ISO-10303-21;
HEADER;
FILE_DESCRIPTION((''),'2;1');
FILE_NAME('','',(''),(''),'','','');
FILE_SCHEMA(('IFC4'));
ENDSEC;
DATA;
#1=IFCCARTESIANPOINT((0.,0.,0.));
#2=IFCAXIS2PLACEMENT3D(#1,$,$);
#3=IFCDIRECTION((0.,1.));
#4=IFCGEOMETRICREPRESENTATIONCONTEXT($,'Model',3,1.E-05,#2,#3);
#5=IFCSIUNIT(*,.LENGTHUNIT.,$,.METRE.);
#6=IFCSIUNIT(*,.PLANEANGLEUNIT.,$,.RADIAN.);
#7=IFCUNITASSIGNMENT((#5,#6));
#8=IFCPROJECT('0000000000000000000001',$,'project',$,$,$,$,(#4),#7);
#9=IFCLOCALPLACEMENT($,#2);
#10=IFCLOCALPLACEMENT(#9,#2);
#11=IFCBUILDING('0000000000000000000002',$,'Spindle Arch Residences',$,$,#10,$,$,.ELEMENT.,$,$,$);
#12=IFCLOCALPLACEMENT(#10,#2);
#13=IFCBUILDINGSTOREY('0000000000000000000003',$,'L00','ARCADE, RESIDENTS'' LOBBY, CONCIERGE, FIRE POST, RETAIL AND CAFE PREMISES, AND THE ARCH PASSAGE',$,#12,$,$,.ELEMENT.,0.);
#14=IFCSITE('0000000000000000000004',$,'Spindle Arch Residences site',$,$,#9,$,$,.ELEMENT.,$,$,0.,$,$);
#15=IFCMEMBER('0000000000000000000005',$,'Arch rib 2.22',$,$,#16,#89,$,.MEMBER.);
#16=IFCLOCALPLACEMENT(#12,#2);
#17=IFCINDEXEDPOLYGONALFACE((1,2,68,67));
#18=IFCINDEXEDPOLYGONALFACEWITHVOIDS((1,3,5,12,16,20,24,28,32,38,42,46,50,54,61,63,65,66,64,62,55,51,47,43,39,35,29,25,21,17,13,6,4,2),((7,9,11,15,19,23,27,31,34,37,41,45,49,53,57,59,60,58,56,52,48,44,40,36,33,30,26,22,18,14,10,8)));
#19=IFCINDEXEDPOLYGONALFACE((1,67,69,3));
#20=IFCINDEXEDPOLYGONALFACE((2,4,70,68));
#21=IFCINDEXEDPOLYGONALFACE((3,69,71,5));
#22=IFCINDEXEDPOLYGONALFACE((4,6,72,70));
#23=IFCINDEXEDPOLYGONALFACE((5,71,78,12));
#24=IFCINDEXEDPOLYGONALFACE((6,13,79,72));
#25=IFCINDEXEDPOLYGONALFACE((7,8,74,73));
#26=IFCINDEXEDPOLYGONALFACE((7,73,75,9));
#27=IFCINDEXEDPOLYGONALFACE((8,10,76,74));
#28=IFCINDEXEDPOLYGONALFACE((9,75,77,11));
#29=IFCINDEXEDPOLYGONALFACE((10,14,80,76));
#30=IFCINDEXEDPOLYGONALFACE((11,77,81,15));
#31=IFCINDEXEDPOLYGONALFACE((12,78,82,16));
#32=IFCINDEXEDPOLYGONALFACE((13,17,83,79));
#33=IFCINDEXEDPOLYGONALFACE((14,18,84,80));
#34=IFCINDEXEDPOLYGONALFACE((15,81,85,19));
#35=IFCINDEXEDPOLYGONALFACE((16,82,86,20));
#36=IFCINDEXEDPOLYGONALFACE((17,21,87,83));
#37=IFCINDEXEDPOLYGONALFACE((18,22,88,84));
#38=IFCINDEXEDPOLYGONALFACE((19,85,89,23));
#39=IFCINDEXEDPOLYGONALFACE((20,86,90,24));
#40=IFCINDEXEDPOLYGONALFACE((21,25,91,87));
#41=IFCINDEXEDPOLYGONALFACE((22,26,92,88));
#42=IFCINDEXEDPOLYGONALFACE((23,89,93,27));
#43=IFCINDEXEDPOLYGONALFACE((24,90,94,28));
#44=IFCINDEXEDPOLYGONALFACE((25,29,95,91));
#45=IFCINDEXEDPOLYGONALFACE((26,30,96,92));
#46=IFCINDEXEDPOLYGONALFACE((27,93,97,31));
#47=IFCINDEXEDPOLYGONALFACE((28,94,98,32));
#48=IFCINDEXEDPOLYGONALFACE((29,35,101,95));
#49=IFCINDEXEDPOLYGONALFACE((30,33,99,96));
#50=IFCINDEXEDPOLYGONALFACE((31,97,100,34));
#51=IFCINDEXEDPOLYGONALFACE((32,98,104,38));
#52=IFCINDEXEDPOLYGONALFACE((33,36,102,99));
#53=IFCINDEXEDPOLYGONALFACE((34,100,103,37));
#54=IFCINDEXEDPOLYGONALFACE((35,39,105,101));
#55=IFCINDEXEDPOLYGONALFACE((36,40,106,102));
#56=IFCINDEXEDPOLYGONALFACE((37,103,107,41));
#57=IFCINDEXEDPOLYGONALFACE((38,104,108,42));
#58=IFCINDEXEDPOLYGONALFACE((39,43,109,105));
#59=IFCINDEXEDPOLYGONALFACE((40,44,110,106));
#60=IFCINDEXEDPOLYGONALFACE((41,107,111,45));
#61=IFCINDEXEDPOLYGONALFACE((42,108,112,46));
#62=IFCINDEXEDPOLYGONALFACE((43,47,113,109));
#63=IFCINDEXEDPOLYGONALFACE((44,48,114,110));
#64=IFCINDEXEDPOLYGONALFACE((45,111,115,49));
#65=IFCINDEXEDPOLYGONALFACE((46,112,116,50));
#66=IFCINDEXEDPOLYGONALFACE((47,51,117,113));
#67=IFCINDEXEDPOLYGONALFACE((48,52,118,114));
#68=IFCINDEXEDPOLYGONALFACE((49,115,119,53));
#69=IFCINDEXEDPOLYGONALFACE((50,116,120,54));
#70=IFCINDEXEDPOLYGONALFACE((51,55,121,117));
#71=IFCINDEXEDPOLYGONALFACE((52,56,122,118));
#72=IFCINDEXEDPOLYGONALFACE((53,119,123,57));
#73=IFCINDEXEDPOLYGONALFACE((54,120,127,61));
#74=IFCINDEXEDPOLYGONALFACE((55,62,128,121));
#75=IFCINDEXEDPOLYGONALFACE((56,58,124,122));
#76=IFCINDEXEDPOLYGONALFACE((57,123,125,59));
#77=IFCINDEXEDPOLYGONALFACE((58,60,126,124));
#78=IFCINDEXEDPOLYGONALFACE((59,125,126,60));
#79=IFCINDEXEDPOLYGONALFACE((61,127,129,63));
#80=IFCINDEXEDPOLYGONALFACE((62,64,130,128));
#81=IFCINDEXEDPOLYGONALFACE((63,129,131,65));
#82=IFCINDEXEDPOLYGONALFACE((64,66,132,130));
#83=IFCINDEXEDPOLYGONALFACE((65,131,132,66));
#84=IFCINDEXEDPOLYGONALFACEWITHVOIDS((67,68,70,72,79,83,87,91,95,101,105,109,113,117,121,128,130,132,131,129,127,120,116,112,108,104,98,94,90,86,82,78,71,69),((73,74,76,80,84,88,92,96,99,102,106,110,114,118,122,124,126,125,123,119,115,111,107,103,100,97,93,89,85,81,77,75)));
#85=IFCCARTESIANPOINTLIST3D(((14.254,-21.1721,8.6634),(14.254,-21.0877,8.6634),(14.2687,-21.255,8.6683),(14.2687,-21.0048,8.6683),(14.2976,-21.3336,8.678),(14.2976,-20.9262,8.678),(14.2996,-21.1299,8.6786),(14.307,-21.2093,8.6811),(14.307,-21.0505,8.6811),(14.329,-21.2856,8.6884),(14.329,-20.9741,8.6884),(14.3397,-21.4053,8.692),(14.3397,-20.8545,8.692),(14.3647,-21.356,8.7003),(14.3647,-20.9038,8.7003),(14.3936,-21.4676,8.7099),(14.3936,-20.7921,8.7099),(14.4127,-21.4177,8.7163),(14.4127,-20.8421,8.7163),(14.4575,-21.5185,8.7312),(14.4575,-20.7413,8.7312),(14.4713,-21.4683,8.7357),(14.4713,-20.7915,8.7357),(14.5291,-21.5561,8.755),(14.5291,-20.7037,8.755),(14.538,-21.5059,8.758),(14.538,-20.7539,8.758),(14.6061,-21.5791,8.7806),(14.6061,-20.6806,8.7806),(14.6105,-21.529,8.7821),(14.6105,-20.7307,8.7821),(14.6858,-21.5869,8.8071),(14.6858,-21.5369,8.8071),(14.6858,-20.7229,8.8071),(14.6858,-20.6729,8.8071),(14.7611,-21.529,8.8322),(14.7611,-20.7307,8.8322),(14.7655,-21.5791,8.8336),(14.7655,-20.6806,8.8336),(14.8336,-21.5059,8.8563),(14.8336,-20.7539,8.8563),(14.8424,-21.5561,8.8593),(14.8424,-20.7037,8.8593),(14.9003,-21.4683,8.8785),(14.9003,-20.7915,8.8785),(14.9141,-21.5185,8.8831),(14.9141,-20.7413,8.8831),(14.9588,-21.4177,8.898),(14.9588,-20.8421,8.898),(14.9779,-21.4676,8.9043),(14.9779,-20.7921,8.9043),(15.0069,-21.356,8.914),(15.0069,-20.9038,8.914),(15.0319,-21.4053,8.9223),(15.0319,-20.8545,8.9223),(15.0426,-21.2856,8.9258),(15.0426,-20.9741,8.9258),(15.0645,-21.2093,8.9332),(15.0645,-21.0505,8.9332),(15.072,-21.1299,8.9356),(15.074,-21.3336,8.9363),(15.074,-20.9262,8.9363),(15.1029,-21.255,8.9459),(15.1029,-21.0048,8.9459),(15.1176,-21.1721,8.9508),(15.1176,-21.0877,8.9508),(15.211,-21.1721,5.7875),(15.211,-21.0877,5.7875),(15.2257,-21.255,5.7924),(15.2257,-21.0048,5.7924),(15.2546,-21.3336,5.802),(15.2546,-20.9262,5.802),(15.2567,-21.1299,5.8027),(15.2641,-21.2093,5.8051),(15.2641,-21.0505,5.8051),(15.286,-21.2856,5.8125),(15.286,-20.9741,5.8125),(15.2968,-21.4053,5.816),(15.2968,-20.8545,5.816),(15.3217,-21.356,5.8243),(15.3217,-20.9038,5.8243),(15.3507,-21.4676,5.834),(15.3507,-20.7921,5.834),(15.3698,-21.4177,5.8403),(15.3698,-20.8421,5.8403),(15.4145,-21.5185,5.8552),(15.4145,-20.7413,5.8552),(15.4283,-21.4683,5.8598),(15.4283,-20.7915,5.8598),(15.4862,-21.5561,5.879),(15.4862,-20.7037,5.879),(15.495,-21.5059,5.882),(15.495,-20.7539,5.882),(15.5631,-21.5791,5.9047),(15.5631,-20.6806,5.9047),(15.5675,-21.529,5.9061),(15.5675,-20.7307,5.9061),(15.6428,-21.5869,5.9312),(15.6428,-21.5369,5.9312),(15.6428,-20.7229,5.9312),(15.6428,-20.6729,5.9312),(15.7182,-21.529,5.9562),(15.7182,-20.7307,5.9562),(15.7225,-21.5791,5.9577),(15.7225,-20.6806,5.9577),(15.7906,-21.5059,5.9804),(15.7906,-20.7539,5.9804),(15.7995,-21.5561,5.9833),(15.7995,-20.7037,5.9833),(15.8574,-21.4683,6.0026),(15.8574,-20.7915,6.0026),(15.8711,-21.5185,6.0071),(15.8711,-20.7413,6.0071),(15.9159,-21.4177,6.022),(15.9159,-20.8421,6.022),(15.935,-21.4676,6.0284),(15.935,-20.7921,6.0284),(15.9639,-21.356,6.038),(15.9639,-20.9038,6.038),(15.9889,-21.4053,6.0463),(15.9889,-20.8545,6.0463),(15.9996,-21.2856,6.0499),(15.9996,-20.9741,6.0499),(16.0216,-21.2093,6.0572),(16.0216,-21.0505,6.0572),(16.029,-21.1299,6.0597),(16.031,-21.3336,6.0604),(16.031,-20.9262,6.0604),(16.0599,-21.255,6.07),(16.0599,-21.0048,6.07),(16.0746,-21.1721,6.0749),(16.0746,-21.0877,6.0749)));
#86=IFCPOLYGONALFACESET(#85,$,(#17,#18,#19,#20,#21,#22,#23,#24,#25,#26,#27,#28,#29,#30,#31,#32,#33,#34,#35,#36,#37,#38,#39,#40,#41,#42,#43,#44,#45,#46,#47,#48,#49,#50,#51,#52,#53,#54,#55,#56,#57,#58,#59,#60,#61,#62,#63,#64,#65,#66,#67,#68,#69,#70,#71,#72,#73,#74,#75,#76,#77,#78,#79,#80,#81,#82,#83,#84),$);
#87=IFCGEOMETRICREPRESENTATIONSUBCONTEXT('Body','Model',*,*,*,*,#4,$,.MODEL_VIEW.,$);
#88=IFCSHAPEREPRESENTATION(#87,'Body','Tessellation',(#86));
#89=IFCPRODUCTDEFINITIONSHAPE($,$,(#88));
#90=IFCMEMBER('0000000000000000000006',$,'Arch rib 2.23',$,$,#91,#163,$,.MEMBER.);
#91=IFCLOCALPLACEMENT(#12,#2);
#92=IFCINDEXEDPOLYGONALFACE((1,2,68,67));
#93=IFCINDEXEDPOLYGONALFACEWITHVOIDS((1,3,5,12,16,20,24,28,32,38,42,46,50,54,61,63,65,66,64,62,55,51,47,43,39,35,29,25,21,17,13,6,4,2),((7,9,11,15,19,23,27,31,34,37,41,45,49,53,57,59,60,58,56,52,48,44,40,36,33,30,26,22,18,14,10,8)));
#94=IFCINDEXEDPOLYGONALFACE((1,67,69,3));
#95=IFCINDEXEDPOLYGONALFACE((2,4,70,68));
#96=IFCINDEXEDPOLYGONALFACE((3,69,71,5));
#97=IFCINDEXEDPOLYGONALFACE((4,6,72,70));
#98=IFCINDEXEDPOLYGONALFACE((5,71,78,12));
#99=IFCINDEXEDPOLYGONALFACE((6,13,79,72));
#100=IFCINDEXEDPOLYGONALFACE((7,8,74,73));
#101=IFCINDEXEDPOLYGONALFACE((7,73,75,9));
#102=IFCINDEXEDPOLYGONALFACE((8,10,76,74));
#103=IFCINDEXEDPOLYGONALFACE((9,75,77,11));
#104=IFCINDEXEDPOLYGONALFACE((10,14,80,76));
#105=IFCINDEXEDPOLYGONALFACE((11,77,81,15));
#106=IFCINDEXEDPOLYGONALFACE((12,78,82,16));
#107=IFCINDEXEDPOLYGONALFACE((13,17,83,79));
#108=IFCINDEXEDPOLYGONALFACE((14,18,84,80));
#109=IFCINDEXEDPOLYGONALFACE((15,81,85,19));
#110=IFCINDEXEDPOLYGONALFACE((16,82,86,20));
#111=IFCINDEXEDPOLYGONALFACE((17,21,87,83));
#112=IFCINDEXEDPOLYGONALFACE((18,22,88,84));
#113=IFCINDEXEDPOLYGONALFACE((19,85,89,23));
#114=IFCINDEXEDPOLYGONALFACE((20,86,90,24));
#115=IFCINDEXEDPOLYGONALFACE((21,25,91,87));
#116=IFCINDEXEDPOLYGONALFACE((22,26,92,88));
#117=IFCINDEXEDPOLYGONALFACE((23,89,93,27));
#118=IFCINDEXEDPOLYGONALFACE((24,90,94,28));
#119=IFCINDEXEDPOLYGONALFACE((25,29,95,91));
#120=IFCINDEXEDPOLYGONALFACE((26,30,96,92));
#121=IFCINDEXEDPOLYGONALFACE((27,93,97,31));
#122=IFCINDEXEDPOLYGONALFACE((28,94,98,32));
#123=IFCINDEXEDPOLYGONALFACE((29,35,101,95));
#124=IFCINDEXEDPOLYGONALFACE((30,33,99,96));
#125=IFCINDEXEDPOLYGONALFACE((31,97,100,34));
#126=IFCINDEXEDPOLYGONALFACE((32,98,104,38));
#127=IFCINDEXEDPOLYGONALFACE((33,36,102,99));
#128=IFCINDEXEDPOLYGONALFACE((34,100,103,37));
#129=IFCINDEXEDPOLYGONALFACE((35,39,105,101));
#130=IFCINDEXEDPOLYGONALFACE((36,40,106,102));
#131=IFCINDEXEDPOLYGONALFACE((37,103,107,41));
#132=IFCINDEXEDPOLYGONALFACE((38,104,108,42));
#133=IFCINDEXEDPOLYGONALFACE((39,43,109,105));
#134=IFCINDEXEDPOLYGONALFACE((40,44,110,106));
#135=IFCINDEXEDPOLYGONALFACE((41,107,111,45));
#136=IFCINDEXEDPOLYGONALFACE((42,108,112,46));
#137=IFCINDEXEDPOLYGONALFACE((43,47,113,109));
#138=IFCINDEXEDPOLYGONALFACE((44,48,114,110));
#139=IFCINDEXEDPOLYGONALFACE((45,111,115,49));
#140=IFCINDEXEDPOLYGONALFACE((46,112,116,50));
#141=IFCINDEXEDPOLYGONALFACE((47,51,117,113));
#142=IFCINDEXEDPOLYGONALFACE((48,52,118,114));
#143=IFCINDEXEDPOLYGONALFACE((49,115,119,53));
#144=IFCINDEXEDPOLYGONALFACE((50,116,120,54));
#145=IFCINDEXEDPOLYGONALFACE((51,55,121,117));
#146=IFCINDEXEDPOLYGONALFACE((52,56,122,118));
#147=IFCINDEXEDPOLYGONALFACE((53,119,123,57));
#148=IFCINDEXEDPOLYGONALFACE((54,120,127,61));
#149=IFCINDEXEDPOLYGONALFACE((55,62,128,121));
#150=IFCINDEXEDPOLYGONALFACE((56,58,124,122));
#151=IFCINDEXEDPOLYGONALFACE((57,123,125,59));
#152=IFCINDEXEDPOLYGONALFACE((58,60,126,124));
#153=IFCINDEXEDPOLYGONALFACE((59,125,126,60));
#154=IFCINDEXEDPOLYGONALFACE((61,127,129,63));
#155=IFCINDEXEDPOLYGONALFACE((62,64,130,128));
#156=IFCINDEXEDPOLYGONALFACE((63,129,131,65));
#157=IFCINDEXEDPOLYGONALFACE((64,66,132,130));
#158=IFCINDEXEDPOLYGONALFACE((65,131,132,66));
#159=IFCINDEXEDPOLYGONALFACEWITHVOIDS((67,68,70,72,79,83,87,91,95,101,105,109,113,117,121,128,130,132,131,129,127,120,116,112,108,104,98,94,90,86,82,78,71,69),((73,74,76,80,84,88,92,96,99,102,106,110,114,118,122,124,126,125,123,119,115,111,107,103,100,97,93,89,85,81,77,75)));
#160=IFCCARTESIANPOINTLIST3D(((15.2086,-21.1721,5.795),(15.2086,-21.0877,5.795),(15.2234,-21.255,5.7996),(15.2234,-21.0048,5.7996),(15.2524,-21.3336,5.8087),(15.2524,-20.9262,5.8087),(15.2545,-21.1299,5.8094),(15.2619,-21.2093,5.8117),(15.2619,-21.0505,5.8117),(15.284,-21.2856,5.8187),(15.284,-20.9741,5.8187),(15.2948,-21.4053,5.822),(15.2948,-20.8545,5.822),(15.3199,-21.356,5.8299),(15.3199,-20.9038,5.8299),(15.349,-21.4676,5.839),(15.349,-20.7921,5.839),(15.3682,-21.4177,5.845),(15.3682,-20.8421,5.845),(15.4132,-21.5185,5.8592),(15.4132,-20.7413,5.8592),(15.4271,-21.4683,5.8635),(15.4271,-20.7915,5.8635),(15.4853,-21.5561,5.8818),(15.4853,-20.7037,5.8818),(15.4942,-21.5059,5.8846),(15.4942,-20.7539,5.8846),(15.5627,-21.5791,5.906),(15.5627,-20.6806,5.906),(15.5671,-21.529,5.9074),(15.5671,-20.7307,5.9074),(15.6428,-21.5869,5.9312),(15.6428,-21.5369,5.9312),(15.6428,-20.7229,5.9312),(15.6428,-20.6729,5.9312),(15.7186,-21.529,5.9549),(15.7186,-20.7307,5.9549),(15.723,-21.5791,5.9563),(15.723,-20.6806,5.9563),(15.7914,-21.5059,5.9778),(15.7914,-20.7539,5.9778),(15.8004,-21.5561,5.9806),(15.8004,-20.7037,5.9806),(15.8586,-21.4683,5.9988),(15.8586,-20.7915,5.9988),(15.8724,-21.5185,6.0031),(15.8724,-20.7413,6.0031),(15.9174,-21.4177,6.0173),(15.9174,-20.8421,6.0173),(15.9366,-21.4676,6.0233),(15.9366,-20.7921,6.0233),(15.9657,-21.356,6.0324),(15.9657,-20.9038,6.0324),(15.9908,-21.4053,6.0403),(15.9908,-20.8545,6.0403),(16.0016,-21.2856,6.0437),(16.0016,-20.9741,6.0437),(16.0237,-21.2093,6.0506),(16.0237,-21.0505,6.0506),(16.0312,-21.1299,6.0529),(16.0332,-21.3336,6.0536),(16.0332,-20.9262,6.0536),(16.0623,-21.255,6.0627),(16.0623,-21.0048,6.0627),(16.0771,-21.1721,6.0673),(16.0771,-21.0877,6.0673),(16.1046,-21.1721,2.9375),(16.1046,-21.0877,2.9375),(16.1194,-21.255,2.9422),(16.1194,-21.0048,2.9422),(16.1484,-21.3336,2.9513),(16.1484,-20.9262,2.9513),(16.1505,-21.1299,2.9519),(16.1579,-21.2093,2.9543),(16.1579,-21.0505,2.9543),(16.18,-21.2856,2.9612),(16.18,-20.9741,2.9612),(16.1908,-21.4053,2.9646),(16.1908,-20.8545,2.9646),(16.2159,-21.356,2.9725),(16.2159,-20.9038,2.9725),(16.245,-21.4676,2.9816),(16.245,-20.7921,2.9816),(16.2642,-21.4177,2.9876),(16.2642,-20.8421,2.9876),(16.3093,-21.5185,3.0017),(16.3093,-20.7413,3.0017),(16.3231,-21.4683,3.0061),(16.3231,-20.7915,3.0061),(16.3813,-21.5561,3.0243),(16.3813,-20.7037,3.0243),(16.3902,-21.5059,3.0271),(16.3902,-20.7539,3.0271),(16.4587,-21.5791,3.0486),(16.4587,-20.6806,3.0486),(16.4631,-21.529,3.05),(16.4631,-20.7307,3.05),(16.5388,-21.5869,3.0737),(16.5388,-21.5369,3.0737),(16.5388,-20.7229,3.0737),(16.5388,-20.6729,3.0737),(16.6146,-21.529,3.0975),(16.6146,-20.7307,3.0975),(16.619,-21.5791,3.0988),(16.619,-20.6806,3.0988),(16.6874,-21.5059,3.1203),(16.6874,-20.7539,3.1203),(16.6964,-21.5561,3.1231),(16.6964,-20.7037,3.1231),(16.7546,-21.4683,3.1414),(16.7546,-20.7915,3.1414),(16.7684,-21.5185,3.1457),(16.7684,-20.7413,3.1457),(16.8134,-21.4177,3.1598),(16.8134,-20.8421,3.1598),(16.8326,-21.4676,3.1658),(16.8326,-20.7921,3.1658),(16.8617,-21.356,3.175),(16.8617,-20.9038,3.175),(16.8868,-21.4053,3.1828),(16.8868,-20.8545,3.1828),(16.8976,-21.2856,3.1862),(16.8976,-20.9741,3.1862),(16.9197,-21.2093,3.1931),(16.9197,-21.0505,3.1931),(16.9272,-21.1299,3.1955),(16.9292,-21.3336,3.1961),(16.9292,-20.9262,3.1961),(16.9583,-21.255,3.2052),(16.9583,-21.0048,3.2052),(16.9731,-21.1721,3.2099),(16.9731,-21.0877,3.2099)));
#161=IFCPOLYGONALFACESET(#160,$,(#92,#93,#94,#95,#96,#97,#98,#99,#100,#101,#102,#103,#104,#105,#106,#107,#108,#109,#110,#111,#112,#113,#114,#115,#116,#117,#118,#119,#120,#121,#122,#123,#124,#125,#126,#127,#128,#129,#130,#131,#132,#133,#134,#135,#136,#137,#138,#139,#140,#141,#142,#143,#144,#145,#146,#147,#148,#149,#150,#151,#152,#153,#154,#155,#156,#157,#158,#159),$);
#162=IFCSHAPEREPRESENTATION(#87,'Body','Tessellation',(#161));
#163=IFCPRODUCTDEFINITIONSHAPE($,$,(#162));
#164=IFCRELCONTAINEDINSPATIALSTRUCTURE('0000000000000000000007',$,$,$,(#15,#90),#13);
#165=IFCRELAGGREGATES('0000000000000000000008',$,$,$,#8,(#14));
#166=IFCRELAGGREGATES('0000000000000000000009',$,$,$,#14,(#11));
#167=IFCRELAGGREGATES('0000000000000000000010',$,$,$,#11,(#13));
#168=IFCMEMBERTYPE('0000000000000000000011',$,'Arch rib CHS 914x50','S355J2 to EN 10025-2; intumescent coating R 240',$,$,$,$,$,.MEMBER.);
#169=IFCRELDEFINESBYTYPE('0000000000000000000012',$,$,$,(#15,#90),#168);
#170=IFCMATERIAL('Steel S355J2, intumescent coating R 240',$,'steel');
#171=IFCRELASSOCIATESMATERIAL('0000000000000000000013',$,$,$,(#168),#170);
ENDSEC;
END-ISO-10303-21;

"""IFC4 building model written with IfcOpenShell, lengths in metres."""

from ifc_helpers import new_model, si_unit, direction, frame, origin, origin_2d, place, context, subcontext, project, spatial, hollow_circle, extrude, material, material_profile, profile_set, type_object, element, save


model = new_model("IFC4")

# Units and contexts
model_context = context("Model", 3, precision=1e-05, world=origin(), true_north=direction((0.0, 1.0)))
body_context = subcontext(model_context, "Body", "Model", "MODEL_VIEW")
ifc_project = project(units=[si_unit("LENGTHUNIT", "METRE"), si_unit("PLANEANGLEUNIT", "RADIAN")], contexts=[model_context])

# Site, building, storey
site_placement = place(None, origin())
site = spatial("IfcSite", under=ifc_project, at=site_placement, Name="Spindle Arch Residences site", CompositionType="ELEMENT", RefElevation=0.0)
building_placement = place(site_placement, origin())
building = spatial("IfcBuilding", under=site, at=building_placement, Name="Spindle Arch Residences", CompositionType="ELEMENT")
storey_placement = place(building_placement, origin())
storey = spatial("IfcBuildingStorey", under=building, at=storey_placement, Name="L00", Description="ARCADE, RESIDENTS' LOBBY, CONCIERGE, FIRE POST, RETAIL AND CAFE PREMISES, AND THE ARCH PASSAGE", CompositionType="ELEMENT", Elevation=0.0)

# Members
ifc_material_1 = material(Name="Steel S355J2, intumescent coating R 240", Category="steel")
ifc_material_profile_1 = material_profile(ifc_material_1, hollow_circle(Radius=0.457, WallThickness=0.05, at=origin_2d()), Name="CHS 914x50")
ifc_profile_set_1 = profile_set([ifc_material_profile_1], Name="Steel S355J2, intumescent coating R 240")
member_type_1 = type_object("IfcMemberType", Name="Arch rib CHS 914x50", Description="S355J2 to EN 10025-2; intumescent coating R 240", PredefinedType="MEMBER", material=ifc_profile_set_1)
member_1_placement = place(storey_placement, frame((14.6858, -21.1299, 8.8071), z_axis=(0.315744, 0.0, -0.948844), x_axis=(0.0, 1.0, 0.0)))
element("IfcMember", 1, at=member_1_placement, inside=storey, type_object=member_type_1, Name="Arch rib 2.22", PredefinedType="MEMBER", context=body_context, shape_type="SweptSolid", body=[
    extrude(hollow_circle(Radius=0.457, WallThickness=0.05, at=origin_2d()), origin(), (0.0, 0.0, 1.0), 3.031),
])
member_2_placement = place(storey_placement, frame((15.6428, -21.1299, 5.9312), z_axis=(0.299203, 0.0, -0.954189), x_axis=(0.0, 1.0, 0.0)))
element("IfcMember", 2, at=member_2_placement, inside=storey, type_object=member_type_1, Name="Arch rib 2.23", PredefinedType="MEMBER", context=body_context, shape_type="SweptSolid", body=[
    extrude(hollow_circle(Radius=0.457, WallThickness=0.05, at=origin_2d()), origin(), (0.0, 0.0, 1.0), 2.9946),
])

save(model, "model.ifc")
